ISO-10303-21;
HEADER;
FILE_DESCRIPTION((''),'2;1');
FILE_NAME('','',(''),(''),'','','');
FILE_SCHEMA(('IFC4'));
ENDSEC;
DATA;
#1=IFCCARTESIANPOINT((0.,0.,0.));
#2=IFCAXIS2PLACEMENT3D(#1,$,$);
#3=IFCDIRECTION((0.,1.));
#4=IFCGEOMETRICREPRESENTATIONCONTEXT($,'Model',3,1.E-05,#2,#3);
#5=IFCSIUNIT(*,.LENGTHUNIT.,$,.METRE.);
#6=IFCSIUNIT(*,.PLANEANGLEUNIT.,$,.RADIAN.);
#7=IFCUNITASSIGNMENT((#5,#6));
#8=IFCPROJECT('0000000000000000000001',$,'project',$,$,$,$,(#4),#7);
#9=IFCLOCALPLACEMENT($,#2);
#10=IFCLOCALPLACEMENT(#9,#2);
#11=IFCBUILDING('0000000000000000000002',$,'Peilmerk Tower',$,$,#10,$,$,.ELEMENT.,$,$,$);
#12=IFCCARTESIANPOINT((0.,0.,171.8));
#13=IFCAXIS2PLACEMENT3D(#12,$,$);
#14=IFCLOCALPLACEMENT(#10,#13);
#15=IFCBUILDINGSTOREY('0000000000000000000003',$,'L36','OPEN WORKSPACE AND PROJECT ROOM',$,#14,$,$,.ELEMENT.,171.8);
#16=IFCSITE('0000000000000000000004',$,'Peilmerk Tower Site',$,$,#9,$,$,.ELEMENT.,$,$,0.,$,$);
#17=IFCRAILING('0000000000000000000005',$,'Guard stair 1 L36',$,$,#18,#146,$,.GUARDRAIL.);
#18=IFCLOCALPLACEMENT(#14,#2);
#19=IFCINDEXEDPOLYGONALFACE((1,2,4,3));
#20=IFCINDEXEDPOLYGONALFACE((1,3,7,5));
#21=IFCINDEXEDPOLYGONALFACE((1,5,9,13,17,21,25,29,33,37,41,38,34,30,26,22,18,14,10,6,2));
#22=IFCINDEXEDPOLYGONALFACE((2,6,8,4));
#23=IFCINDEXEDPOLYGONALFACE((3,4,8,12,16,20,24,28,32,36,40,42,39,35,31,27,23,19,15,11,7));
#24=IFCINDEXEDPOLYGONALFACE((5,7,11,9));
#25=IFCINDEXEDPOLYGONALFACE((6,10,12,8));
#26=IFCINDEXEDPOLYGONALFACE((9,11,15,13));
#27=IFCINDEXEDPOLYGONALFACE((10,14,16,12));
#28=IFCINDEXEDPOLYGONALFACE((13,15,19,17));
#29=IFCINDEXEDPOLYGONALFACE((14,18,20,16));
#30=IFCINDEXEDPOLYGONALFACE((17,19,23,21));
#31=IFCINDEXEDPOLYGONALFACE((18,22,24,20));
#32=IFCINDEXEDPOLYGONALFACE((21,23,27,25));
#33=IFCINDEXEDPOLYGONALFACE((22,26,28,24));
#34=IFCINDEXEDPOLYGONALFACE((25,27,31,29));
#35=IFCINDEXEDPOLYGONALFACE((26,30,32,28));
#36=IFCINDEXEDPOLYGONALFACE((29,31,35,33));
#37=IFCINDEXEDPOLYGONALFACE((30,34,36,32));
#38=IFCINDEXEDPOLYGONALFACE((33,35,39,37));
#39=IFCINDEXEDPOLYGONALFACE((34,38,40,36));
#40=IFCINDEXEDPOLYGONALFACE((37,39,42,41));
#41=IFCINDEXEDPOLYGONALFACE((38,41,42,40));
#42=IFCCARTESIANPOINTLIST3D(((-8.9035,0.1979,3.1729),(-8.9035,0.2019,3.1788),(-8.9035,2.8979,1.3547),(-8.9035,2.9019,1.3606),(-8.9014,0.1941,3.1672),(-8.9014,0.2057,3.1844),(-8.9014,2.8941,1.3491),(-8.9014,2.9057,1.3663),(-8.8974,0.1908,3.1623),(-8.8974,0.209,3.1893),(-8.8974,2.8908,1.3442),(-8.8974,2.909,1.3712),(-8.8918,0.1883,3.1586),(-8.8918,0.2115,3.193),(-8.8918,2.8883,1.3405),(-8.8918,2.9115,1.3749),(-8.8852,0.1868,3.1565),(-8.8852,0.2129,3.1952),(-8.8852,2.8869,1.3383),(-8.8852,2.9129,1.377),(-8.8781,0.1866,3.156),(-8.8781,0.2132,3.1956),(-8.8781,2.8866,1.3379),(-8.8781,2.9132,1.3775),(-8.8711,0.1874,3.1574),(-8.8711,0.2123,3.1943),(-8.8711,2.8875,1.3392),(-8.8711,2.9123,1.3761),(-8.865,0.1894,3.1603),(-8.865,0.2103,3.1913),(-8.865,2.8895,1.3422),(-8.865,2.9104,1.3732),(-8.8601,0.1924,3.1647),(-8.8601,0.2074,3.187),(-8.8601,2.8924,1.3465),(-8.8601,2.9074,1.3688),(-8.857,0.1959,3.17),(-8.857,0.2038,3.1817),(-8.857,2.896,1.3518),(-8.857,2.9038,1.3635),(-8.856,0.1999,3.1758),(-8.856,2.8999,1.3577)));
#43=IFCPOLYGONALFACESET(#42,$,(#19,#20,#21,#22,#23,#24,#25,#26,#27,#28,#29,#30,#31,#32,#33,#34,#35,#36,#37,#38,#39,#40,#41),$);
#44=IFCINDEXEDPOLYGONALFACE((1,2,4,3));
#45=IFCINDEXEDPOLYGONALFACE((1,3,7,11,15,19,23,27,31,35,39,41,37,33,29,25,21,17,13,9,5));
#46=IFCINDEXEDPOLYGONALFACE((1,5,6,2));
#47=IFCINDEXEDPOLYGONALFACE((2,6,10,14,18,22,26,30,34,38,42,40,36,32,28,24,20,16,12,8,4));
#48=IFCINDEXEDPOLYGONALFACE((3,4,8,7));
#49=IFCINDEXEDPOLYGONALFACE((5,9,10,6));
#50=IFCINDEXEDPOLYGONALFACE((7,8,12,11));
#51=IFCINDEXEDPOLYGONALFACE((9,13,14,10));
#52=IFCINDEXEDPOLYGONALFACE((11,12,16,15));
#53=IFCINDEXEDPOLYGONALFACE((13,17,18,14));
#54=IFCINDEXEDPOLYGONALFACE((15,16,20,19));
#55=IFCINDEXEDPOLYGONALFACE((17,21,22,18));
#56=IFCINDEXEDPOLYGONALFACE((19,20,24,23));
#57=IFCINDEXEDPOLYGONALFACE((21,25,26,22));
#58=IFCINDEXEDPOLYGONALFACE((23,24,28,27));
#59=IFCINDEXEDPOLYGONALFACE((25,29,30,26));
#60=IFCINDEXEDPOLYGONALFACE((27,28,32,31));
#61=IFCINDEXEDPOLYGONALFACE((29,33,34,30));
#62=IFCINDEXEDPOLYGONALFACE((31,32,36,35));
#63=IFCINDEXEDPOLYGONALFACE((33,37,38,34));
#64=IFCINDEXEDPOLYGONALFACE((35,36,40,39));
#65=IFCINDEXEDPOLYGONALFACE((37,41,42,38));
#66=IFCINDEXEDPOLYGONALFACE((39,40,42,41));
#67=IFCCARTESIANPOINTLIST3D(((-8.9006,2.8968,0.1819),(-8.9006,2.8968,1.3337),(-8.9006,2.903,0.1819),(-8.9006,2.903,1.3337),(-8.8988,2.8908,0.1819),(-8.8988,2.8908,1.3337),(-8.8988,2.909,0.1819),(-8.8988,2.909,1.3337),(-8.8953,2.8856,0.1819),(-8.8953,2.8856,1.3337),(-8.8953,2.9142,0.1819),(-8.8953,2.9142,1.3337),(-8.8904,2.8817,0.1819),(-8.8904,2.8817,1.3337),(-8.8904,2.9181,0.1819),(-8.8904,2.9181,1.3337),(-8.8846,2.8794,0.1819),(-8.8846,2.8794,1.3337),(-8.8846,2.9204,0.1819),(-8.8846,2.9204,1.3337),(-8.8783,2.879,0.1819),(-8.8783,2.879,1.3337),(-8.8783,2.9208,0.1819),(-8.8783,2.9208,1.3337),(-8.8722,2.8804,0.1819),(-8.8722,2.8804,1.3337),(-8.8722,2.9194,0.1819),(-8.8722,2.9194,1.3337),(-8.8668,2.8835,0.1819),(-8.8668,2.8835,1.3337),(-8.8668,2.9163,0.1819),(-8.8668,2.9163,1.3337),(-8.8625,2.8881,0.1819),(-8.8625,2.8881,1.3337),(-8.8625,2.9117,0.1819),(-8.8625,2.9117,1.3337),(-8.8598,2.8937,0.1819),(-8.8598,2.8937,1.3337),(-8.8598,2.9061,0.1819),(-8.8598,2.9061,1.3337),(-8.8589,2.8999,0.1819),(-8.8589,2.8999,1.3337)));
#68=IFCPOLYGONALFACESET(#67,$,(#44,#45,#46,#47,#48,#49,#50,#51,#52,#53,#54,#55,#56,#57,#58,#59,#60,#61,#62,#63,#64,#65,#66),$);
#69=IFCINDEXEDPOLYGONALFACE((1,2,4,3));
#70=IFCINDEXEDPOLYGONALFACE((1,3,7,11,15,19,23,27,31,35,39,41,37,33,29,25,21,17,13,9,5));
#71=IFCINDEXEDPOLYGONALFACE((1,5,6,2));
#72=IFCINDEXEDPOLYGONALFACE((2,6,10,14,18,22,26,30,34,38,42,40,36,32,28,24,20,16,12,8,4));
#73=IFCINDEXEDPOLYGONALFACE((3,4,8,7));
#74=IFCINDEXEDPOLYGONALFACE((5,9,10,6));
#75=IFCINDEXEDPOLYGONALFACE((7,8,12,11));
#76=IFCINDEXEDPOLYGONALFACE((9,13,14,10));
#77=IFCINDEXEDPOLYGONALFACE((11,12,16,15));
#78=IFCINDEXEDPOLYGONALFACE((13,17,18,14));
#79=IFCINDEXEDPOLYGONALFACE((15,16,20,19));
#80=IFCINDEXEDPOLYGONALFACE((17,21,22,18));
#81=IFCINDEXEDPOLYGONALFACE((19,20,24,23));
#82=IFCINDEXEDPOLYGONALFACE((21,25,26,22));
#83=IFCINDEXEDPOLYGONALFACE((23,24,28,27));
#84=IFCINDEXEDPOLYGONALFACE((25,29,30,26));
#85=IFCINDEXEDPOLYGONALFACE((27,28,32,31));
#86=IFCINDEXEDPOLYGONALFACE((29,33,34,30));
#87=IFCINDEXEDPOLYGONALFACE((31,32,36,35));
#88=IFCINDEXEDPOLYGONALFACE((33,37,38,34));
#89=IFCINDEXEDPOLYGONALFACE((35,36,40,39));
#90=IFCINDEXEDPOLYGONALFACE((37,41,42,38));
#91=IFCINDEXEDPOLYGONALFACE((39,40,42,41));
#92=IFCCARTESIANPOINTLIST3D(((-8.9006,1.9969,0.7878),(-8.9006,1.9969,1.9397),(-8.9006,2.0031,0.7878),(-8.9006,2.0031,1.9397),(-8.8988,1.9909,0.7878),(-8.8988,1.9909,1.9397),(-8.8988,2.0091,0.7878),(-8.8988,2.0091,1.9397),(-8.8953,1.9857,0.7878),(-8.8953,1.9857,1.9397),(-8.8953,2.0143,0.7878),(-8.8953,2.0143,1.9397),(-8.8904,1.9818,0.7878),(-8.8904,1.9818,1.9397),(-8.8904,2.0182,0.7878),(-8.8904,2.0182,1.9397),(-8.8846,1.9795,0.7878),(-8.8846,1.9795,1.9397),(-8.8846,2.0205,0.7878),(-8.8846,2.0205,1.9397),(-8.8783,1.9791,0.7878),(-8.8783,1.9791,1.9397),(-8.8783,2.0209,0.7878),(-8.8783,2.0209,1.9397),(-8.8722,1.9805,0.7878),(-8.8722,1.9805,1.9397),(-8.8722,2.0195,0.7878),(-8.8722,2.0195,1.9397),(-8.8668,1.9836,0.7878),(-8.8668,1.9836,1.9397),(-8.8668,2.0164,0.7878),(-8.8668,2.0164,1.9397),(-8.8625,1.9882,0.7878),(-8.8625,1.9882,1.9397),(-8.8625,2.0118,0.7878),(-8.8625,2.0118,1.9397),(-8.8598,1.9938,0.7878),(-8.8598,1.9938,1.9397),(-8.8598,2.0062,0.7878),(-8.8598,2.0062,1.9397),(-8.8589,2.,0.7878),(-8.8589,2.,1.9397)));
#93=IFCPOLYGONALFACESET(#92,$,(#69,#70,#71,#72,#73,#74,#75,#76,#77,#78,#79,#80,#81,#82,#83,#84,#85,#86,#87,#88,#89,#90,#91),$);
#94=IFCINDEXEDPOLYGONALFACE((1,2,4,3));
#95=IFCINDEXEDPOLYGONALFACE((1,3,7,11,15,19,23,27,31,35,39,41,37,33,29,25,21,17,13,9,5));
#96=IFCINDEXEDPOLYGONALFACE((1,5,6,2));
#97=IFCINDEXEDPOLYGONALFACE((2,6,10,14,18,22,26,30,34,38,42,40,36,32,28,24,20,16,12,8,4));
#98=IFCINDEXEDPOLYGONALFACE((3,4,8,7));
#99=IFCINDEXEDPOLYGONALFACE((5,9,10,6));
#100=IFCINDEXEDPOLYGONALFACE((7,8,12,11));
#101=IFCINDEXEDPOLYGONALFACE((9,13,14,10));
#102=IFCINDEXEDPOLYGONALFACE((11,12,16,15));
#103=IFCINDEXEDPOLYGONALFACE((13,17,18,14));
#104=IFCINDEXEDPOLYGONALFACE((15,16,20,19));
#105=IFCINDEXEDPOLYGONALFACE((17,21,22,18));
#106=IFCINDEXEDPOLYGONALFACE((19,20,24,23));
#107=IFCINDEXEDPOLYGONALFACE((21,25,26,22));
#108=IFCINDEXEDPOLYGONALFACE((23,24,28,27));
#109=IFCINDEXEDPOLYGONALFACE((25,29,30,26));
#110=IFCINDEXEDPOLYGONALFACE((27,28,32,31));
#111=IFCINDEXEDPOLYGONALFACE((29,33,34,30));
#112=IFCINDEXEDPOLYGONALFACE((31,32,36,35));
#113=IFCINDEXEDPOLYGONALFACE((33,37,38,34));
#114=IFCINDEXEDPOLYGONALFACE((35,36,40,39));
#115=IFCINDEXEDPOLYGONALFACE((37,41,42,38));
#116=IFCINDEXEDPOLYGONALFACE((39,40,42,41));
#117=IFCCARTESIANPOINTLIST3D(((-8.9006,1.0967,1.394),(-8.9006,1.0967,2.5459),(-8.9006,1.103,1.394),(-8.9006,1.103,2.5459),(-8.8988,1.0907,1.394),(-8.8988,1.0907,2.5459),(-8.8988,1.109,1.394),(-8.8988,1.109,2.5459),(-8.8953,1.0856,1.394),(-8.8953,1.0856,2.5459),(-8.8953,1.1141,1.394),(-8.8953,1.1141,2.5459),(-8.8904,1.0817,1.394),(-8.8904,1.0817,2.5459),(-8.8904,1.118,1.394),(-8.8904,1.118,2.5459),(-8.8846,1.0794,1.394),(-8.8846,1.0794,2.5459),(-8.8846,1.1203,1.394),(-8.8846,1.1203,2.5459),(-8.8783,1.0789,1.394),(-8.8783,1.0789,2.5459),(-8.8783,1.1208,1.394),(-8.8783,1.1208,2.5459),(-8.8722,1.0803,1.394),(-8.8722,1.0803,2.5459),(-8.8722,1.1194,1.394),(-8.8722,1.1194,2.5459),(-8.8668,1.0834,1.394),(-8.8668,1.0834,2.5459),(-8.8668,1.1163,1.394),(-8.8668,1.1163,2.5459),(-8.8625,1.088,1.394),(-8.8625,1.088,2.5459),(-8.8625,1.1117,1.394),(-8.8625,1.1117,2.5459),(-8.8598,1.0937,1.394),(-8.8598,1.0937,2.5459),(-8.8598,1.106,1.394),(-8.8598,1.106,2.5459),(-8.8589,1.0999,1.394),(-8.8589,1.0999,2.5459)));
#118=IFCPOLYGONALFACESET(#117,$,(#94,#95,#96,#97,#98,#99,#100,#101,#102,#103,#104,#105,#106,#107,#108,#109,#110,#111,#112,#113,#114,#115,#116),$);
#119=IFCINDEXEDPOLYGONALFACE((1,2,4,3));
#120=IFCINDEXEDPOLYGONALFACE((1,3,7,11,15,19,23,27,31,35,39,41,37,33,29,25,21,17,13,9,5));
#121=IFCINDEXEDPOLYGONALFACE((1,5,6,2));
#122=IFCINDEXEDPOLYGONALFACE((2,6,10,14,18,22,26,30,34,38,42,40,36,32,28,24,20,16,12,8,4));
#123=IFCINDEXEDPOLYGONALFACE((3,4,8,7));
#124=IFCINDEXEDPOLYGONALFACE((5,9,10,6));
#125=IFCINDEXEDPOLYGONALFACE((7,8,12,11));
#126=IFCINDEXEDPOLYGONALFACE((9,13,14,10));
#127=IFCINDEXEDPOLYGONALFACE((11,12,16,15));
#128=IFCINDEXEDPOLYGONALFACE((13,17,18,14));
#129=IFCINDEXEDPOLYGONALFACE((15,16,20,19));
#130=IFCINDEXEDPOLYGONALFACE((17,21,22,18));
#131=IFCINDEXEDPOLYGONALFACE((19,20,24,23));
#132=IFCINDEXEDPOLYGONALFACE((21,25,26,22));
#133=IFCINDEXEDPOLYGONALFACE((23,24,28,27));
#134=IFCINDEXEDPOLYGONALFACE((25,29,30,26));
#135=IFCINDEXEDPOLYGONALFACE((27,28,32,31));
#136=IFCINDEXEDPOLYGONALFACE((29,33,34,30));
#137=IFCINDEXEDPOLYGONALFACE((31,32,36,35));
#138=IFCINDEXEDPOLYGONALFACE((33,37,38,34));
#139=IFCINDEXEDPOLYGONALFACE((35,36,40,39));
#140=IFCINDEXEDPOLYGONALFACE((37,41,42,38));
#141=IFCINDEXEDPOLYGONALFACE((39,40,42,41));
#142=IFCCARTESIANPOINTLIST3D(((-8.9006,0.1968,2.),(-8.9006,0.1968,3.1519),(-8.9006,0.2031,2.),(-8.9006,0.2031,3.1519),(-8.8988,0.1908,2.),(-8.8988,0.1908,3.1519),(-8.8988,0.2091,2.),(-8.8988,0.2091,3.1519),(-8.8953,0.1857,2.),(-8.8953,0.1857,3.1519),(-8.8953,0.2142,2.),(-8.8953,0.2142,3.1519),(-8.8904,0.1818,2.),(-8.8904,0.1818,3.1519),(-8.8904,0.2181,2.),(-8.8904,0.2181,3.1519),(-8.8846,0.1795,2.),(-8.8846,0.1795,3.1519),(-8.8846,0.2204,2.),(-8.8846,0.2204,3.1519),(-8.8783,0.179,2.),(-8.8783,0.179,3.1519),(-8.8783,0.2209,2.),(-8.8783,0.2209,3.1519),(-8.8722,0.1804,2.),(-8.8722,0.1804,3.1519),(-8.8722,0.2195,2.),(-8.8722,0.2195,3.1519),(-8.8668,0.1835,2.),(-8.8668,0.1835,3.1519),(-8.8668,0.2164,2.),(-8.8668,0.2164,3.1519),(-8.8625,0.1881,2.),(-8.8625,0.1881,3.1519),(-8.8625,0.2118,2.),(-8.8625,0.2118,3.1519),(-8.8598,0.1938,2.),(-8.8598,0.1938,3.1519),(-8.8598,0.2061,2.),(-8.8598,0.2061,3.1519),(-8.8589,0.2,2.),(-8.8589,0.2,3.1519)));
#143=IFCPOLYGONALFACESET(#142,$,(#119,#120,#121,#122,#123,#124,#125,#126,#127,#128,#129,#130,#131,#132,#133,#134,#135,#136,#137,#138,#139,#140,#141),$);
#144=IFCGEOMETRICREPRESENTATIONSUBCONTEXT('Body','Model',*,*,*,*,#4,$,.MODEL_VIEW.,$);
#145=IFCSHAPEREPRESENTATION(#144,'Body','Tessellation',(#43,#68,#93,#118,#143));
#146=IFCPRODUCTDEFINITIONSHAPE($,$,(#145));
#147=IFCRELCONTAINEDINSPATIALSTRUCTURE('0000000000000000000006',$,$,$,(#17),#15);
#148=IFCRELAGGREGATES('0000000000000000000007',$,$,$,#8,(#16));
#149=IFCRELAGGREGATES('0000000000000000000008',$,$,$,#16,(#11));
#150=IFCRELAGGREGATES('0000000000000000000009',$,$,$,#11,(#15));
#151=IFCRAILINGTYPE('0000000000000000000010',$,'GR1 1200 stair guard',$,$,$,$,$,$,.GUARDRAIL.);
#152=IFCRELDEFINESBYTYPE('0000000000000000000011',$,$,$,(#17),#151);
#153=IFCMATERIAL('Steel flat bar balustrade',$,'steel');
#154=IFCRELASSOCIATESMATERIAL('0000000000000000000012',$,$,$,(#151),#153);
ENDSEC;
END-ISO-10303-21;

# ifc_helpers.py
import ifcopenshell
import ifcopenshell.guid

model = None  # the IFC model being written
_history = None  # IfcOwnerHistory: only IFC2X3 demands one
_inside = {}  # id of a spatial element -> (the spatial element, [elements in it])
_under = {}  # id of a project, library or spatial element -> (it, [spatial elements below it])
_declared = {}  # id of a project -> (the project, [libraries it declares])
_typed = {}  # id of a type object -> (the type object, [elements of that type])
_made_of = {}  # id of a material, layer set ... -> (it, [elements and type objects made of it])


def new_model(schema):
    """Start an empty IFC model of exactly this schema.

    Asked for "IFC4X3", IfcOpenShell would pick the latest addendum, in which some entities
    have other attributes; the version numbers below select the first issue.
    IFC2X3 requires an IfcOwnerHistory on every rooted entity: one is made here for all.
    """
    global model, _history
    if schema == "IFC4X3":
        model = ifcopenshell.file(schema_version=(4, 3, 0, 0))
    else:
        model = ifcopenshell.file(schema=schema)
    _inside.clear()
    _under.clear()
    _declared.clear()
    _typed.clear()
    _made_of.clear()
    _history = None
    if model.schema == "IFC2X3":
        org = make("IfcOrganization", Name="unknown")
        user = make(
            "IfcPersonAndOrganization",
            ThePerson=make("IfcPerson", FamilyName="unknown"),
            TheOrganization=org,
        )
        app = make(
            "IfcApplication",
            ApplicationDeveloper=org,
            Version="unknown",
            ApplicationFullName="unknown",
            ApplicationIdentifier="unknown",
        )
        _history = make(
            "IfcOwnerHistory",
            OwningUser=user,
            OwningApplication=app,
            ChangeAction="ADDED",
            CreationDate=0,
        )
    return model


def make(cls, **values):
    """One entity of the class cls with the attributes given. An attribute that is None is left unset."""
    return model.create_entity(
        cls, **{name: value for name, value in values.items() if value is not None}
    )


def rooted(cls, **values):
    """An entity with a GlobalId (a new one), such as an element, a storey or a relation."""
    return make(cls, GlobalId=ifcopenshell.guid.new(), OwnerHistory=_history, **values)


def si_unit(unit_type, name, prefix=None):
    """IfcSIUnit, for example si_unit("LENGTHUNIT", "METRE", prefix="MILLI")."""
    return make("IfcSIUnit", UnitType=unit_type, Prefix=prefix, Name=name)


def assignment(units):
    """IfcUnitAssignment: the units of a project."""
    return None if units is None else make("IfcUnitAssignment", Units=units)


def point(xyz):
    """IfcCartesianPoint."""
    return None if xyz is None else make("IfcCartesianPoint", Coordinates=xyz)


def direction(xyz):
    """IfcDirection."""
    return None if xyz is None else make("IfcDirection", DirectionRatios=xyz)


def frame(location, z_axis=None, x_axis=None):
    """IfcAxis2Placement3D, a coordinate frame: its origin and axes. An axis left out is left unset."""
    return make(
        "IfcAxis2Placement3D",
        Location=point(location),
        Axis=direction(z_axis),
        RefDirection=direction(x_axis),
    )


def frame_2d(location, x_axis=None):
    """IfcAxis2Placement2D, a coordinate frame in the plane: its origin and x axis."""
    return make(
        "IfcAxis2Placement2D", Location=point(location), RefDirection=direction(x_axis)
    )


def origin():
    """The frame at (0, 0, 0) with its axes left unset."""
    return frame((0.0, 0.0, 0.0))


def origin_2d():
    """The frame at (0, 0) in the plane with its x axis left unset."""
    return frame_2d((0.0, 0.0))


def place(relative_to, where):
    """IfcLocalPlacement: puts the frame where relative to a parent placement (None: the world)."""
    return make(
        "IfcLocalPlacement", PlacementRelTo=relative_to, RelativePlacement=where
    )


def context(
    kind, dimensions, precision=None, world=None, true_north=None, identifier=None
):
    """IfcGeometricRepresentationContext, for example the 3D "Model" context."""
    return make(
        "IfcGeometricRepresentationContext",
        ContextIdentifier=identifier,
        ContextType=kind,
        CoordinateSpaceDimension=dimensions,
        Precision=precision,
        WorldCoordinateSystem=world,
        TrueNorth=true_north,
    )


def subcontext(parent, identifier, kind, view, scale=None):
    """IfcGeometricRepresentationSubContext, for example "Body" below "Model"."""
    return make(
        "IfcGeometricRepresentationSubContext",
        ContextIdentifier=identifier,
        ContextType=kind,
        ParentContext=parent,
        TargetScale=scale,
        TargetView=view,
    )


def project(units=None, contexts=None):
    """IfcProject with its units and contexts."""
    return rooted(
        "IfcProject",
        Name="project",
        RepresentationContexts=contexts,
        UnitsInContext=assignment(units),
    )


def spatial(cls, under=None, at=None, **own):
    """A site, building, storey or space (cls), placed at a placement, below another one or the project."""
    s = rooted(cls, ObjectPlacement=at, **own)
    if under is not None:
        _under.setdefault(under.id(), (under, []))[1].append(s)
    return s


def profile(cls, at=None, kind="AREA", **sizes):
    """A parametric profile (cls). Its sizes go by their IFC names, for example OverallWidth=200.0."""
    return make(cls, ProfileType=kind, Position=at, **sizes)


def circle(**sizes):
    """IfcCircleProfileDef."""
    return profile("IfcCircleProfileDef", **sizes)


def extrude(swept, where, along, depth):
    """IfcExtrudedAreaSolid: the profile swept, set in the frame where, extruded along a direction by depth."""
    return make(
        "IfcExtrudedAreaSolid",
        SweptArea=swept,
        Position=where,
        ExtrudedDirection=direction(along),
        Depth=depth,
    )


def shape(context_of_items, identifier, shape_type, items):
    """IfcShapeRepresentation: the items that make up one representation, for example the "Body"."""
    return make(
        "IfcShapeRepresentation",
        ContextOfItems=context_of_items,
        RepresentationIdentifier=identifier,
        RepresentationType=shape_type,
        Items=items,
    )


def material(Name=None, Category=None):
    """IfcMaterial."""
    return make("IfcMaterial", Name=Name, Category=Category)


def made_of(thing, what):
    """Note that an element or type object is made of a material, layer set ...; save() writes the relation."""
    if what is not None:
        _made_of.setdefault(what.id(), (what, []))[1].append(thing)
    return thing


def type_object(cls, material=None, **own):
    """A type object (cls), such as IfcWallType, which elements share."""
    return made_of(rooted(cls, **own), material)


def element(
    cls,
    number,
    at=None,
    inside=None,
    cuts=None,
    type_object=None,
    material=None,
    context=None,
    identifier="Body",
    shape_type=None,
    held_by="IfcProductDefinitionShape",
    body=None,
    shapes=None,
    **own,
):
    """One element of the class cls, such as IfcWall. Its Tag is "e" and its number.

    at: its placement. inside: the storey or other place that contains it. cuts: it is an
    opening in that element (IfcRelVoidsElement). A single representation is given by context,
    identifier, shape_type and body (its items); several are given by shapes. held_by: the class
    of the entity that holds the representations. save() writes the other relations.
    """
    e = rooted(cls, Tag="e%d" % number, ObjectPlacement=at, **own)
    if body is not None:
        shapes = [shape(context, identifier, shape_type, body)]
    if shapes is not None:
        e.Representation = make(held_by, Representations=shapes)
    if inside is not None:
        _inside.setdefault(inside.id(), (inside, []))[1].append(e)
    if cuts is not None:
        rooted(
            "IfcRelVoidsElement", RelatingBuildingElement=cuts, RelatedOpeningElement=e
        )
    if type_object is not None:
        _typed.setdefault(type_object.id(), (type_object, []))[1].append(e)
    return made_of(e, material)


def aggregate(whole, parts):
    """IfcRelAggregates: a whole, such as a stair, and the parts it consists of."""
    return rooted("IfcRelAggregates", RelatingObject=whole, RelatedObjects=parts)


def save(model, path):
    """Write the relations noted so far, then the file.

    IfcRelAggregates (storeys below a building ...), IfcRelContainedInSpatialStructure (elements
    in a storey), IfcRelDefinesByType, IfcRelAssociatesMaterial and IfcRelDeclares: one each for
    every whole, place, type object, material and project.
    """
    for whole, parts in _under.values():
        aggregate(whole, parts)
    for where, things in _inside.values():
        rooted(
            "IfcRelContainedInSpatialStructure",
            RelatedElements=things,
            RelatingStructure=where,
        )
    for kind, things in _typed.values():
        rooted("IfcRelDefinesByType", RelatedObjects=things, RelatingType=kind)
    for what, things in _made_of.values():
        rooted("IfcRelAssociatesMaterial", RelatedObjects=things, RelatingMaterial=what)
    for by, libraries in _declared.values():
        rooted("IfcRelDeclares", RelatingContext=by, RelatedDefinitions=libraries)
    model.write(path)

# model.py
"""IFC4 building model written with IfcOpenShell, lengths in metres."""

from ifc_helpers import new_model, si_unit, direction, frame, origin, origin_2d, place, context, subcontext, project, spatial, circle, extrude, material, type_object, element, save


model = new_model("IFC4")

# Units and contexts
model_context = context("Model", 3, precision=1e-05, world=origin(), true_north=direction((0.0, 1.0)))
body_context = subcontext(model_context, "Body", "Model", "MODEL_VIEW")
ifc_project = project(units=[si_unit("LENGTHUNIT", "METRE"), si_unit("PLANEANGLEUNIT", "RADIAN")], contexts=[model_context])

# Site, building, storey
site_placement = place(None, origin())
site = spatial("IfcSite", under=ifc_project, at=site_placement, Name="Peilmerk Tower Site", CompositionType="ELEMENT", RefElevation=0.0)
building_placement = place(site_placement, origin())
building = spatial("IfcBuilding", under=site, at=building_placement, Name="Peilmerk Tower", CompositionType="ELEMENT")
storey_placement = place(building_placement, frame((0.0, 0.0, 171.8)))
storey = spatial("IfcBuildingStorey", under=building, at=storey_placement, Name="L36", Description="OPEN WORKSPACE AND PROJECT ROOM", CompositionType="ELEMENT", Elevation=171.8)

# Railing
ifc_material_1 = material(Name="Steel flat bar balustrade", Category="steel")
railing_type_1 = type_object("IfcRailingType", Name="GR1 1200 stair guard", PredefinedType="GUARDRAIL", material=ifc_material_1)
railing_1_placement = place(storey_placement, frame((-8.8799, 2.8999, 0.1819)))
element("IfcRailing", 1, at=railing_1_placement, inside=storey, type_object=railing_type_1, Name="Guard stair 1 L36", PredefinedType="GUARDRAIL", context=body_context, shape_type="SweptSolid", body=[
    extrude(circle(Radius=0.0239, at=origin_2d()), frame((0.0, 0.0, 1.1758), z_axis=(0.0, -0.829468, 0.558554), x_axis=(1.0, 0.0, 0.0)), (0.0, 0.0, 1.0), 3.2551),
    extrude(circle(Radius=0.021, at=origin_2d()), origin(), (0.0, 0.0, 1.0), 1.1519),
    extrude(circle(Radius=0.021, at=origin_2d()), frame((0.0, -0.8999, 0.606)), (0.0, 0.0, 1.0), 1.1519),
    extrude(circle(Radius=0.021, at=origin_2d()), frame((0.0, -1.8, 1.2122)), (0.0, 0.0, 1.0), 1.1519),
    extrude(circle(Radius=0.021, at=origin_2d()), frame((0.0, -2.7, 1.8181)), (0.0, 0.0, 1.0), 1.1519),
])

save(model, "model.ifc")
